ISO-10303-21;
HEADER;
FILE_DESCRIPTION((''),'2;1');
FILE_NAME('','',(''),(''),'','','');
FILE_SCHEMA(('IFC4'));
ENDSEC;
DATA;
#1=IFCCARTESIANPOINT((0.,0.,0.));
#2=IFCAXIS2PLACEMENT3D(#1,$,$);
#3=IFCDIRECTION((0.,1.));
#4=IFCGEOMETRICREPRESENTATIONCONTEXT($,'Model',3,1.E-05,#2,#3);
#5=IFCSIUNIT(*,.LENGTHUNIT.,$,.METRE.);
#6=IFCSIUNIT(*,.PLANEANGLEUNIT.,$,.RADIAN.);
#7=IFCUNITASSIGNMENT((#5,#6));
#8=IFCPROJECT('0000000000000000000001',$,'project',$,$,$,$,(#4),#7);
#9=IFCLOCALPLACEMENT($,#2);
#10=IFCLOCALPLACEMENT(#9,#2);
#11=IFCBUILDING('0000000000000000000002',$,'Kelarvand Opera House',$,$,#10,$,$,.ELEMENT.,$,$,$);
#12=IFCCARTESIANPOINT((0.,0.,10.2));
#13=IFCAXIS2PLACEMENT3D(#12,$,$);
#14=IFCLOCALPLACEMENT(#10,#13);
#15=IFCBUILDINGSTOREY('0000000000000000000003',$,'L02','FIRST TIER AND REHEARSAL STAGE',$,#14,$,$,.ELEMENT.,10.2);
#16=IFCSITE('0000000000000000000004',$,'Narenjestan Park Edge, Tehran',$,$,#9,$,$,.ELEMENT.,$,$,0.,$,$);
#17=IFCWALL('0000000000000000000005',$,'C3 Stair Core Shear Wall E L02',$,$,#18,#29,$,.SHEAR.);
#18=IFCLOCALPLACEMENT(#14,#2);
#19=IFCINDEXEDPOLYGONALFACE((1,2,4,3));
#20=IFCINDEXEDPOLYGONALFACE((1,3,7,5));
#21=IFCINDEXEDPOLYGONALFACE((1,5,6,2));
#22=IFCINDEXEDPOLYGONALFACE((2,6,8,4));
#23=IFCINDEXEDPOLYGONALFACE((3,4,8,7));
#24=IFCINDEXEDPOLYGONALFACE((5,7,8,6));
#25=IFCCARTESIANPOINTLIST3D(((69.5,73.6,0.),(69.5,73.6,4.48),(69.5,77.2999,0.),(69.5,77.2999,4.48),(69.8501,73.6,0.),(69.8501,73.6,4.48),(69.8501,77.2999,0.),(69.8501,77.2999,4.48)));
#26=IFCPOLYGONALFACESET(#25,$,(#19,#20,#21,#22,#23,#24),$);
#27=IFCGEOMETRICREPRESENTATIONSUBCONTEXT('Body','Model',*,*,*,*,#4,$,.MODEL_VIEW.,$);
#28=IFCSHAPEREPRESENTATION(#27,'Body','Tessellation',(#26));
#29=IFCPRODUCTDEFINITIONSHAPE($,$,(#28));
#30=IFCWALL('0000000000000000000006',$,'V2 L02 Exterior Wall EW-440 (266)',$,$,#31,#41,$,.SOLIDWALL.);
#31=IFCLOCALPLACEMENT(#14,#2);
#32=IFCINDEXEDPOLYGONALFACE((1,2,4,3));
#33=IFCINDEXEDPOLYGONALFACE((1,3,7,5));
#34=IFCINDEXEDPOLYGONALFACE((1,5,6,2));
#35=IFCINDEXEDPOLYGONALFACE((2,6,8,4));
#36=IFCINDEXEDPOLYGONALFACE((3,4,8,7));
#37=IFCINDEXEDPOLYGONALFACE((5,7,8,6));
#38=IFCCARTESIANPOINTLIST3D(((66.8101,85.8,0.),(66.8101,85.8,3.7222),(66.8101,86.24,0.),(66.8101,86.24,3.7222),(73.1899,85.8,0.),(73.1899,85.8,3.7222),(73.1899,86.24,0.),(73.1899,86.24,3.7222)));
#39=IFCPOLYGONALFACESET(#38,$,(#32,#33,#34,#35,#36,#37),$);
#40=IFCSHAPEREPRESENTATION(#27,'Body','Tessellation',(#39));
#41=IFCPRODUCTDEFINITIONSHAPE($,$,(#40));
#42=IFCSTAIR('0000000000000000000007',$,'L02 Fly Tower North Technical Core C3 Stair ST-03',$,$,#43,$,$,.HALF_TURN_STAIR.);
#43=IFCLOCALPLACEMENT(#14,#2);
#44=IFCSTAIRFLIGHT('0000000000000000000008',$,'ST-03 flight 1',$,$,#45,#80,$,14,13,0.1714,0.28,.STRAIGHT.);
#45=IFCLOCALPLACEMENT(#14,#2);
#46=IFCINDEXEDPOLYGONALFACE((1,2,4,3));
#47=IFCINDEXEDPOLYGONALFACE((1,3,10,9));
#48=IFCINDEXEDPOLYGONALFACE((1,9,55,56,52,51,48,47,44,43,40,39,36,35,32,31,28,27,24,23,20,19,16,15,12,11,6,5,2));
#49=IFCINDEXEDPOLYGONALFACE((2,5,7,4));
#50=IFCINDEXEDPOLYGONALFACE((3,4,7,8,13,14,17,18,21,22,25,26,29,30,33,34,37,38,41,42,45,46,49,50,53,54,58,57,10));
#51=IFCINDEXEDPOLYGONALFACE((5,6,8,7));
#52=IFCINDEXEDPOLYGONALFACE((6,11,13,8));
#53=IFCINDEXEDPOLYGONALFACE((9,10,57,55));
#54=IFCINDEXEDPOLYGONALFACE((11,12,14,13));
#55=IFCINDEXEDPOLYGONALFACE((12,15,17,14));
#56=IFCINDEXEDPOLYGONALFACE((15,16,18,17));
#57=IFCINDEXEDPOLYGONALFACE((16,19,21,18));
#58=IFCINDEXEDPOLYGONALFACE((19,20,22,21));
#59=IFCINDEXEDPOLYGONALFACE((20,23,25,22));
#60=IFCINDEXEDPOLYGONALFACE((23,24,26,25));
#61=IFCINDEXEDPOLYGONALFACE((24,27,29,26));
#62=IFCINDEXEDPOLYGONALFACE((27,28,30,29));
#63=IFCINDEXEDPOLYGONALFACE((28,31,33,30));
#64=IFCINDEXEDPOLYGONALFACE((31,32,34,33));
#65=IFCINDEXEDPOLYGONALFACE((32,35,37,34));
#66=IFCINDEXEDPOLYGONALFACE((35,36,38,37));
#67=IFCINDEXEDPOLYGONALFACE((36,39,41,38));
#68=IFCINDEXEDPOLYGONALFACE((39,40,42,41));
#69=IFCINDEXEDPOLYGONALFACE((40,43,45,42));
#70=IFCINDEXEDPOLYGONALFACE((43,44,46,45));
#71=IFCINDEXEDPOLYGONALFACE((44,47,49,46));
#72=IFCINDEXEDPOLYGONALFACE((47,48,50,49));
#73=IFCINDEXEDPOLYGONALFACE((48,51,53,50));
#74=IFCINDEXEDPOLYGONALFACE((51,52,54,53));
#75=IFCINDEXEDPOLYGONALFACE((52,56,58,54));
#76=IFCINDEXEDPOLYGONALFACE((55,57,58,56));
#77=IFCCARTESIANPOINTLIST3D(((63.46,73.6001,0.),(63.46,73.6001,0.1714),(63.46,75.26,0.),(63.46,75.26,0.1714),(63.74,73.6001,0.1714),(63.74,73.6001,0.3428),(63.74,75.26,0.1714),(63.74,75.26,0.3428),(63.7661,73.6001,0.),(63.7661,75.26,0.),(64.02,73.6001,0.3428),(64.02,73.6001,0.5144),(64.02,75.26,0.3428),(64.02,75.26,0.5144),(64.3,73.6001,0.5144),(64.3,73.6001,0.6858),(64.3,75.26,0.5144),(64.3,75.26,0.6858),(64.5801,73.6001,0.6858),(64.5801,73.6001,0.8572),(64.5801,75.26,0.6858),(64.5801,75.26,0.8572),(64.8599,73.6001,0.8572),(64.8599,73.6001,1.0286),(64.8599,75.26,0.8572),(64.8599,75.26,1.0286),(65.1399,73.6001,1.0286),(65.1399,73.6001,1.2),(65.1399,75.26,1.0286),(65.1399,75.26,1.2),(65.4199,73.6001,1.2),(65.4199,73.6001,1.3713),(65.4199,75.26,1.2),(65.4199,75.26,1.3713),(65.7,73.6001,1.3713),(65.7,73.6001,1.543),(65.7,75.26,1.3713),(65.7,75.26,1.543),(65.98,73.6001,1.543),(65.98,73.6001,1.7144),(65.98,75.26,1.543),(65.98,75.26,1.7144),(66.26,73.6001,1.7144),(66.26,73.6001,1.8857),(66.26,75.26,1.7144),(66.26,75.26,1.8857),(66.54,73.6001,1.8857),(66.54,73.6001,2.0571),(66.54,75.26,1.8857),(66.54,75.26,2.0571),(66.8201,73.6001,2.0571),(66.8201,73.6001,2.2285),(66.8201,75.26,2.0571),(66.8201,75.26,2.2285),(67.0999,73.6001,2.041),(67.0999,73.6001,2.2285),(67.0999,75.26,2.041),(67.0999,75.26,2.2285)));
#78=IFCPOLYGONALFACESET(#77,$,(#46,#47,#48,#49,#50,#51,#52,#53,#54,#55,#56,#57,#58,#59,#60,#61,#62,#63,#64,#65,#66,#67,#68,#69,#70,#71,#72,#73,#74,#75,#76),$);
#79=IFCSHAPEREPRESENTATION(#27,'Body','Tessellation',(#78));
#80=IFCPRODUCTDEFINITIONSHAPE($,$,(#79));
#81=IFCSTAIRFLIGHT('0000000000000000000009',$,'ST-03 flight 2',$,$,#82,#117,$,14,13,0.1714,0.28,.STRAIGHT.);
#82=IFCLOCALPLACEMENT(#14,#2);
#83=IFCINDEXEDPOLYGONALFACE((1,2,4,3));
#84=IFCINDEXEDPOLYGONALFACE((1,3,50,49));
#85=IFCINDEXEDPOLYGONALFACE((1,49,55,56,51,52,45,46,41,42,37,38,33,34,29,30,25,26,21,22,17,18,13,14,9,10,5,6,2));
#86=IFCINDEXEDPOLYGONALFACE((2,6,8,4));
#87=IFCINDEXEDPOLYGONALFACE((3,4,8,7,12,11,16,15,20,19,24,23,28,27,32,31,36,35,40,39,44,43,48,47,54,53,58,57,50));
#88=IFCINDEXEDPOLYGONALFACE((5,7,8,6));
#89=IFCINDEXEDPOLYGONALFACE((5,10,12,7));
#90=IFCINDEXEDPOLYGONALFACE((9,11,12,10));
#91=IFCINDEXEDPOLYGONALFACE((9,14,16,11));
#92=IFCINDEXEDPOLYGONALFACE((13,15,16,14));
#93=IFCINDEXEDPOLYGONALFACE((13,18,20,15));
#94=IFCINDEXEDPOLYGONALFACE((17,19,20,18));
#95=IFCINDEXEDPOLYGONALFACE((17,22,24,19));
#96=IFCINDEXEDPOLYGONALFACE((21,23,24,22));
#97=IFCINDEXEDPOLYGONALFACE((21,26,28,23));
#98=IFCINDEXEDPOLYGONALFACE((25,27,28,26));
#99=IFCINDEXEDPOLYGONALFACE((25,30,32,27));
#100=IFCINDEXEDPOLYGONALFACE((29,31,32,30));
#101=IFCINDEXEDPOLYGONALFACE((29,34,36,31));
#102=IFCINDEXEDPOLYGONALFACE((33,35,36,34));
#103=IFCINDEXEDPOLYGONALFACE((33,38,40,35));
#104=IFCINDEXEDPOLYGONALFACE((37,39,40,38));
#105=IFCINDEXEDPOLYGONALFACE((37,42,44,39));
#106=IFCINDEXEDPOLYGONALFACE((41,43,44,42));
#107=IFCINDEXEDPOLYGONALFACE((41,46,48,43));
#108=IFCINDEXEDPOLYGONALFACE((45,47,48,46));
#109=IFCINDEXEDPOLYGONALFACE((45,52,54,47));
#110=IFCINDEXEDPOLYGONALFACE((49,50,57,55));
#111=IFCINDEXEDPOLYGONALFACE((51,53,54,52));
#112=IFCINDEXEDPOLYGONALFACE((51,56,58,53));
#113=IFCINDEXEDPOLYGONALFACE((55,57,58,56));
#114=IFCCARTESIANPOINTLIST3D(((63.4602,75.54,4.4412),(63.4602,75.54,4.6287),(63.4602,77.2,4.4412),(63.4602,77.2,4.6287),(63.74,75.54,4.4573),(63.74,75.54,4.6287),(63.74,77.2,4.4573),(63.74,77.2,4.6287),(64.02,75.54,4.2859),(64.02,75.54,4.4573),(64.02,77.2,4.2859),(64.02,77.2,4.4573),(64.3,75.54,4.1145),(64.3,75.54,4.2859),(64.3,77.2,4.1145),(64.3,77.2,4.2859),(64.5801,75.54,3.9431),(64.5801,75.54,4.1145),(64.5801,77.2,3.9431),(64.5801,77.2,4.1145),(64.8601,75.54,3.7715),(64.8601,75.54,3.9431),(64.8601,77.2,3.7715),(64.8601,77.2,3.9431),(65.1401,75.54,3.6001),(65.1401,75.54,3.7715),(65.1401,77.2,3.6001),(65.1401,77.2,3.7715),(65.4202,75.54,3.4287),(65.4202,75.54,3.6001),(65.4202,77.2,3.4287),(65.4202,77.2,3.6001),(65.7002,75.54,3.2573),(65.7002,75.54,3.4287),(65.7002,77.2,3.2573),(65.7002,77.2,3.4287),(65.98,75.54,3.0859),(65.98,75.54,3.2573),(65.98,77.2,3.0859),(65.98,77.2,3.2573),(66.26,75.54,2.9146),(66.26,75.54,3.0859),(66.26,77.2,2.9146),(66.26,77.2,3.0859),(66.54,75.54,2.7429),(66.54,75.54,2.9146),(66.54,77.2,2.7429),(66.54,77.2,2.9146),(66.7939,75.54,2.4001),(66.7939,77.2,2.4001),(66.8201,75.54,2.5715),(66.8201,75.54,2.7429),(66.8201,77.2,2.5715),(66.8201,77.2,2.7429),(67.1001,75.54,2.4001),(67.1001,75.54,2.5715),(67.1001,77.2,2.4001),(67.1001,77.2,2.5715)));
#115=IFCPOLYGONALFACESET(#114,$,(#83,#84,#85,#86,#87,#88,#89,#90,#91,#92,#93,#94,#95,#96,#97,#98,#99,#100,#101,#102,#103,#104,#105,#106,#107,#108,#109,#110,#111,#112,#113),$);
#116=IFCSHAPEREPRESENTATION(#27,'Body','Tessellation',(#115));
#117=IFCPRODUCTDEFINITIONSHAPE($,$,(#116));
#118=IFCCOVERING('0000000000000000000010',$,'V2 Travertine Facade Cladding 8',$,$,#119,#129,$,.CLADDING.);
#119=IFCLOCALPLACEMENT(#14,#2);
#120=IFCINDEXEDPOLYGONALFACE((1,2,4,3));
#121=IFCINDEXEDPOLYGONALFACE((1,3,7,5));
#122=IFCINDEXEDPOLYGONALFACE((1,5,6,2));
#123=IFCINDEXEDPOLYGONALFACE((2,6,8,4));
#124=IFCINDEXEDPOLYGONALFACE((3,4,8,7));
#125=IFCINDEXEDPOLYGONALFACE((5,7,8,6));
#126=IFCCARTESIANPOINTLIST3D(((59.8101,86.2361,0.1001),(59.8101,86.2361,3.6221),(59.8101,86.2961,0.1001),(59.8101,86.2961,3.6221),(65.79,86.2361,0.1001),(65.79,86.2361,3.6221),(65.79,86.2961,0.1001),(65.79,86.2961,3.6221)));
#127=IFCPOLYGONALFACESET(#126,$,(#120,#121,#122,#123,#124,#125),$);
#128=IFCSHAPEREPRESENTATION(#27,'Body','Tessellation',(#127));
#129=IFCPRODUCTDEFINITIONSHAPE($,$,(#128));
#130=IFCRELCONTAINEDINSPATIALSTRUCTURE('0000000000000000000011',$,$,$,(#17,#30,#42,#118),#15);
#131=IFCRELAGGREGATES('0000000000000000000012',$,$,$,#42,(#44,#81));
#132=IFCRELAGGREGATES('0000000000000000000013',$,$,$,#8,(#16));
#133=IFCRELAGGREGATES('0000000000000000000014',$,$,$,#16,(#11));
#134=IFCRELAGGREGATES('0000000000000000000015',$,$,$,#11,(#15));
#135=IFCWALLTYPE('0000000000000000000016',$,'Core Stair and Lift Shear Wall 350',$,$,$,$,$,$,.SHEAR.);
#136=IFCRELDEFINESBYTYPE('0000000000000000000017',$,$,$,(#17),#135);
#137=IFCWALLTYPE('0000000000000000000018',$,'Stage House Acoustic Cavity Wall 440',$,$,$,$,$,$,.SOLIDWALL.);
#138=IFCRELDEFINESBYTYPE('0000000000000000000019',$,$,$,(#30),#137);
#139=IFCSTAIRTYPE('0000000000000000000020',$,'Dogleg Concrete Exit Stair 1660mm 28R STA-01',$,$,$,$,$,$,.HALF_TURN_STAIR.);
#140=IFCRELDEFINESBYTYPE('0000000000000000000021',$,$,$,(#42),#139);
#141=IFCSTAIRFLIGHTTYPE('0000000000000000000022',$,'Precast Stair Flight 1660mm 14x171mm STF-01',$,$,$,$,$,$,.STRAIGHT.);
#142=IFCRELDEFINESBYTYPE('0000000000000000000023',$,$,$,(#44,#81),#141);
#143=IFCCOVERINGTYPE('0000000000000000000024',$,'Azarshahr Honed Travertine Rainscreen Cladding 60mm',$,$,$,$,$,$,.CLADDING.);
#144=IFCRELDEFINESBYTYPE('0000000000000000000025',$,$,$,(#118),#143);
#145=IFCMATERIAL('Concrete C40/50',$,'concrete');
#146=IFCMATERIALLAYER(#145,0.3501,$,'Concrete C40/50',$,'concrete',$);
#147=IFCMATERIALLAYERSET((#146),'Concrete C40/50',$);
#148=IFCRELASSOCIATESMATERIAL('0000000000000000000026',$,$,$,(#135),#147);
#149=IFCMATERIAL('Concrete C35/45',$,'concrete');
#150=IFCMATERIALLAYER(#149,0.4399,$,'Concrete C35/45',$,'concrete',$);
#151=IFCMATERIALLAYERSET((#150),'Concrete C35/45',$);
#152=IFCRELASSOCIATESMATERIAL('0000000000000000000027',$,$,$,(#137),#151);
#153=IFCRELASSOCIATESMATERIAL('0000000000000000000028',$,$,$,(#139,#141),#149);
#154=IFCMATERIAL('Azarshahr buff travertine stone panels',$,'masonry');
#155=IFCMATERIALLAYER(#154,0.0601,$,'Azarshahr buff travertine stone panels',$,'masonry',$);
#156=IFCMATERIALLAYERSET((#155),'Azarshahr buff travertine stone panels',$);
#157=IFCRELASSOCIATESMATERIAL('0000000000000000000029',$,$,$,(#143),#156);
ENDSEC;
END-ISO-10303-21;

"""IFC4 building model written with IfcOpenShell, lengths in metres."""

from ifc_helpers import new_model, si_unit, direction, frame, frame_2d, origin, origin_2d, place, context, subcontext, project, spatial, polyline, rectangle, outline, extrude, material, layer, layer_set, type_object, element, aggregate, save


model = new_model("IFC4")

# Units and contexts
model_context = context("Model", 3, precision=1e-05, world=origin(), true_north=direction((0.0, 1.0)))
body_context = subcontext(model_context, "Body", "Model", "MODEL_VIEW")
ifc_project = project(units=[si_unit("LENGTHUNIT", "METRE"), si_unit("PLANEANGLEUNIT", "RADIAN")], contexts=[model_context])

# Site, building, storey
site_placement = place(None, origin())
site = spatial("IfcSite", under=ifc_project, at=site_placement, Name="Narenjestan Park Edge, Tehran", CompositionType="ELEMENT", RefElevation=0.0)
building_placement = place(site_placement, origin())
building = spatial("IfcBuilding", under=site, at=building_placement, Name="Kelarvand Opera House", CompositionType="ELEMENT")
storey_placement = place(building_placement, frame((0.0, 0.0, 10.2)))
storey = spatial("IfcBuildingStorey", under=building, at=storey_placement, Name="L02", Description="FIRST TIER AND REHEARSAL STAGE", CompositionType="ELEMENT", Elevation=10.2)

# Shared definitions
ifc_material_1 = material(Name="Concrete C40/50", Category="concrete")

# Shared definitions
ifc_material_2 = material(Name="Concrete C35/45", Category="concrete")

# Shared definitions
ifc_layer_1 = layer(ifc_material_1, 0.3501, Name="Concrete C40/50", Category="concrete")
ifc_layer_set_1 = layer_set([ifc_layer_1], Name="Concrete C40/50")
wall_type_1 = type_object("IfcWallType", Name="Core Stair and Lift Shear Wall 350", PredefinedType="SHEAR", material=ifc_layer_set_1)

# Walls
wall_1_placement = place(storey_placement, frame((69.675, 77.3, 0.0), z_axis=(0.0, 0.0, 1.0), x_axis=(0.0, -1.0, 0.0)))
element("IfcWall", 1, at=wall_1_placement, inside=storey, type_object=wall_type_1, Name="C3 Stair Core Shear Wall E L02", PredefinedType="SHEAR", context=body_context, shape_type="SweptSolid", body=[
    extrude(rectangle(XDim=3.7, YDim=0.3501, at=frame_2d((1.8501, 0.0))), origin(), (0.0, 0.0, 1.0), 4.48),
])
ifc_layer_2 = layer(ifc_material_2, 0.4399, Name="Concrete C35/45", Category="concrete")
ifc_layer_set_2 = layer_set([ifc_layer_2], Name="Concrete C35/45")
wall_type_2 = type_object("IfcWallType", Name="Stage House Acoustic Cavity Wall 440", PredefinedType="SOLIDWALL", material=ifc_layer_set_2)
wall_2_placement = place(storey_placement, frame((66.8101, 86.02, 0.0), z_axis=(0.0, 0.0, 1.0), x_axis=(1.0, 0.0, 0.0)))
element("IfcWall", 2, at=wall_2_placement, inside=storey, type_object=wall_type_2, Name="V2 L02 Exterior Wall EW-440 (266)", PredefinedType="SOLIDWALL", context=body_context, shape_type="SweptSolid", body=[
    extrude(rectangle(XDim=6.3799, YDim=0.4399, at=frame_2d((3.1899, 0.0))), origin(), (0.0, 0.0, 1.0), 3.7222),
])

# Stair, stair flights
stair_type = type_object("IfcStairType", Name="Dogleg Concrete Exit Stair 1660mm 28R STA-01", PredefinedType="HALF_TURN_STAIR", material=ifc_material_2)
stair_placement = place(storey_placement, origin())
stair = element("IfcStair", 3, at=stair_placement, inside=storey, type_object=stair_type, Name="L02 Fly Tower North Technical Core C3 Stair ST-03", PredefinedType="HALF_TURN_STAIR")
stair_flight_type = type_object("IfcStairFlightType", Name="Precast Stair Flight 1660mm 14x171mm STF-01", PredefinedType="STRAIGHT", material=ifc_material_2)
stair_flight_1_placement = place(storey_placement, frame((63.46, 74.4299, 0.0), z_axis=(0.0, 0.0, 1.0), x_axis=(1.0, 0.0, 0.0)))
stair_flight_1 = element("IfcStairFlight", 4, at=stair_flight_1_placement, type_object=stair_flight_type, Name="ST-03 flight 1", NumberOfRisers=14, NumberOfTreads=13, PredefinedType="STRAIGHT", RiserHeight=0.1714, TreadLength=0.28, context=body_context, shape_type="SweptSolid", body=[
    extrude(outline(polyline([(0.0, 0.0), (0.0, 0.1714), (0.28, 0.1714), (0.28, 0.3428), (0.5601, 0.3428), (0.5601, 0.5144), (0.8401, 0.5144), (0.8401, 0.6858), (1.1201, 0.6858), (1.1201, 0.8572), (1.3999, 0.8572), (1.3999, 1.0286), (1.6799, 1.0286), (1.6799, 1.2), (1.96, 1.2), (1.96, 1.3713), (2.24, 1.3713), (2.24, 1.543), (2.52, 1.543), (2.52, 1.7144), (2.8, 1.7144), (2.8, 1.8857), (3.0801, 1.8857), (3.0801, 2.0571), (3.3601, 2.0571), (3.3601, 2.2285), (3.6399, 2.2285), (3.6399, 2.3999), (3.6399, 2.041), (0.3062, 0.0), (0.0, 0.0)])), frame((0.0, 0.8301, 0.0), z_axis=(0.0, -1.0, 0.0), x_axis=(1.0, 0.0, 0.0)), (0.0, 0.0, 1.0), 1.6599),
])
stair_flight_2_placement = place(storey_placement, frame((67.1001, 76.3701, 2.4001), z_axis=(0.0, 0.0, 1.0), x_axis=(-1.0, 0.0, 0.0)))
stair_flight_2 = element("IfcStairFlight", 5, at=stair_flight_2_placement, type_object=stair_flight_type, Name="ST-03 flight 2", NumberOfRisers=14, NumberOfTreads=13, PredefinedType="STRAIGHT", RiserHeight=0.1714, TreadLength=0.28, context=body_context, shape_type="SweptSolid", body=[
    extrude(outline(polyline([(0.0, 0.0), (0.0, 0.1714), (0.28, 0.1714), (0.28, 0.3428), (0.5601, 0.3428), (0.5601, 0.5144), (0.8401, 0.5144), (0.8401, 0.6858), (1.1201, 0.6858), (1.1201, 0.8572), (1.3999, 0.8572), (1.3999, 1.0286), (1.6799, 1.0286), (1.6799, 1.2), (1.96, 1.2), (1.96, 1.3713), (2.24, 1.3713), (2.24, 1.543), (2.52, 1.543), (2.52, 1.7144), (2.8, 1.7144), (2.8, 1.8857), (3.0801, 1.8857), (3.0801, 2.0571), (3.3601, 2.0571), (3.3601, 2.2285), (3.6399, 2.2285), (3.6399, 2.3999), (3.6399, 2.041), (0.3062, 0.0), (0.0, 0.0)])), frame((0.0, 0.8301, 0.0), z_axis=(0.0, -1.0, 0.0), x_axis=(1.0, 0.0, 0.0)), (0.0, 0.0, 1.0), 1.6599),
])
aggregate(stair, [stair_flight_1, stair_flight_2])

# Covering
ifc_material_3 = material(Name="Azarshahr buff travertine stone panels", Category="masonry")
ifc_layer_3 = layer(ifc_material_3, 0.0601, Name="Azarshahr buff travertine stone panels", Category="masonry")
ifc_layer_set_3 = layer_set([ifc_layer_3], Name="Azarshahr buff travertine stone panels")
covering_type = type_object("IfcCoveringType", Name="Azarshahr Honed Travertine Rainscreen Cladding 60mm", PredefinedType="CLADDING", material=ifc_layer_set_3)
covering_placement = place(storey_placement, frame((62.8, 86.2661, 0.1001), z_axis=(0.0, 0.0, 1.0), x_axis=(1.0, 0.0, 0.0)))
element("IfcCovering", 6, at=covering_placement, inside=storey, type_object=covering_type, Name="V2 Travertine Facade Cladding 8", PredefinedType="CLADDING", context=body_context, shape_type="SweptSolid", body=[
    extrude(rectangle(XDim=5.98, YDim=0.0601, at=origin_2d()), origin(), (0.0, 0.0, 1.0), 3.522),
])

save(model, "model.ifc")
